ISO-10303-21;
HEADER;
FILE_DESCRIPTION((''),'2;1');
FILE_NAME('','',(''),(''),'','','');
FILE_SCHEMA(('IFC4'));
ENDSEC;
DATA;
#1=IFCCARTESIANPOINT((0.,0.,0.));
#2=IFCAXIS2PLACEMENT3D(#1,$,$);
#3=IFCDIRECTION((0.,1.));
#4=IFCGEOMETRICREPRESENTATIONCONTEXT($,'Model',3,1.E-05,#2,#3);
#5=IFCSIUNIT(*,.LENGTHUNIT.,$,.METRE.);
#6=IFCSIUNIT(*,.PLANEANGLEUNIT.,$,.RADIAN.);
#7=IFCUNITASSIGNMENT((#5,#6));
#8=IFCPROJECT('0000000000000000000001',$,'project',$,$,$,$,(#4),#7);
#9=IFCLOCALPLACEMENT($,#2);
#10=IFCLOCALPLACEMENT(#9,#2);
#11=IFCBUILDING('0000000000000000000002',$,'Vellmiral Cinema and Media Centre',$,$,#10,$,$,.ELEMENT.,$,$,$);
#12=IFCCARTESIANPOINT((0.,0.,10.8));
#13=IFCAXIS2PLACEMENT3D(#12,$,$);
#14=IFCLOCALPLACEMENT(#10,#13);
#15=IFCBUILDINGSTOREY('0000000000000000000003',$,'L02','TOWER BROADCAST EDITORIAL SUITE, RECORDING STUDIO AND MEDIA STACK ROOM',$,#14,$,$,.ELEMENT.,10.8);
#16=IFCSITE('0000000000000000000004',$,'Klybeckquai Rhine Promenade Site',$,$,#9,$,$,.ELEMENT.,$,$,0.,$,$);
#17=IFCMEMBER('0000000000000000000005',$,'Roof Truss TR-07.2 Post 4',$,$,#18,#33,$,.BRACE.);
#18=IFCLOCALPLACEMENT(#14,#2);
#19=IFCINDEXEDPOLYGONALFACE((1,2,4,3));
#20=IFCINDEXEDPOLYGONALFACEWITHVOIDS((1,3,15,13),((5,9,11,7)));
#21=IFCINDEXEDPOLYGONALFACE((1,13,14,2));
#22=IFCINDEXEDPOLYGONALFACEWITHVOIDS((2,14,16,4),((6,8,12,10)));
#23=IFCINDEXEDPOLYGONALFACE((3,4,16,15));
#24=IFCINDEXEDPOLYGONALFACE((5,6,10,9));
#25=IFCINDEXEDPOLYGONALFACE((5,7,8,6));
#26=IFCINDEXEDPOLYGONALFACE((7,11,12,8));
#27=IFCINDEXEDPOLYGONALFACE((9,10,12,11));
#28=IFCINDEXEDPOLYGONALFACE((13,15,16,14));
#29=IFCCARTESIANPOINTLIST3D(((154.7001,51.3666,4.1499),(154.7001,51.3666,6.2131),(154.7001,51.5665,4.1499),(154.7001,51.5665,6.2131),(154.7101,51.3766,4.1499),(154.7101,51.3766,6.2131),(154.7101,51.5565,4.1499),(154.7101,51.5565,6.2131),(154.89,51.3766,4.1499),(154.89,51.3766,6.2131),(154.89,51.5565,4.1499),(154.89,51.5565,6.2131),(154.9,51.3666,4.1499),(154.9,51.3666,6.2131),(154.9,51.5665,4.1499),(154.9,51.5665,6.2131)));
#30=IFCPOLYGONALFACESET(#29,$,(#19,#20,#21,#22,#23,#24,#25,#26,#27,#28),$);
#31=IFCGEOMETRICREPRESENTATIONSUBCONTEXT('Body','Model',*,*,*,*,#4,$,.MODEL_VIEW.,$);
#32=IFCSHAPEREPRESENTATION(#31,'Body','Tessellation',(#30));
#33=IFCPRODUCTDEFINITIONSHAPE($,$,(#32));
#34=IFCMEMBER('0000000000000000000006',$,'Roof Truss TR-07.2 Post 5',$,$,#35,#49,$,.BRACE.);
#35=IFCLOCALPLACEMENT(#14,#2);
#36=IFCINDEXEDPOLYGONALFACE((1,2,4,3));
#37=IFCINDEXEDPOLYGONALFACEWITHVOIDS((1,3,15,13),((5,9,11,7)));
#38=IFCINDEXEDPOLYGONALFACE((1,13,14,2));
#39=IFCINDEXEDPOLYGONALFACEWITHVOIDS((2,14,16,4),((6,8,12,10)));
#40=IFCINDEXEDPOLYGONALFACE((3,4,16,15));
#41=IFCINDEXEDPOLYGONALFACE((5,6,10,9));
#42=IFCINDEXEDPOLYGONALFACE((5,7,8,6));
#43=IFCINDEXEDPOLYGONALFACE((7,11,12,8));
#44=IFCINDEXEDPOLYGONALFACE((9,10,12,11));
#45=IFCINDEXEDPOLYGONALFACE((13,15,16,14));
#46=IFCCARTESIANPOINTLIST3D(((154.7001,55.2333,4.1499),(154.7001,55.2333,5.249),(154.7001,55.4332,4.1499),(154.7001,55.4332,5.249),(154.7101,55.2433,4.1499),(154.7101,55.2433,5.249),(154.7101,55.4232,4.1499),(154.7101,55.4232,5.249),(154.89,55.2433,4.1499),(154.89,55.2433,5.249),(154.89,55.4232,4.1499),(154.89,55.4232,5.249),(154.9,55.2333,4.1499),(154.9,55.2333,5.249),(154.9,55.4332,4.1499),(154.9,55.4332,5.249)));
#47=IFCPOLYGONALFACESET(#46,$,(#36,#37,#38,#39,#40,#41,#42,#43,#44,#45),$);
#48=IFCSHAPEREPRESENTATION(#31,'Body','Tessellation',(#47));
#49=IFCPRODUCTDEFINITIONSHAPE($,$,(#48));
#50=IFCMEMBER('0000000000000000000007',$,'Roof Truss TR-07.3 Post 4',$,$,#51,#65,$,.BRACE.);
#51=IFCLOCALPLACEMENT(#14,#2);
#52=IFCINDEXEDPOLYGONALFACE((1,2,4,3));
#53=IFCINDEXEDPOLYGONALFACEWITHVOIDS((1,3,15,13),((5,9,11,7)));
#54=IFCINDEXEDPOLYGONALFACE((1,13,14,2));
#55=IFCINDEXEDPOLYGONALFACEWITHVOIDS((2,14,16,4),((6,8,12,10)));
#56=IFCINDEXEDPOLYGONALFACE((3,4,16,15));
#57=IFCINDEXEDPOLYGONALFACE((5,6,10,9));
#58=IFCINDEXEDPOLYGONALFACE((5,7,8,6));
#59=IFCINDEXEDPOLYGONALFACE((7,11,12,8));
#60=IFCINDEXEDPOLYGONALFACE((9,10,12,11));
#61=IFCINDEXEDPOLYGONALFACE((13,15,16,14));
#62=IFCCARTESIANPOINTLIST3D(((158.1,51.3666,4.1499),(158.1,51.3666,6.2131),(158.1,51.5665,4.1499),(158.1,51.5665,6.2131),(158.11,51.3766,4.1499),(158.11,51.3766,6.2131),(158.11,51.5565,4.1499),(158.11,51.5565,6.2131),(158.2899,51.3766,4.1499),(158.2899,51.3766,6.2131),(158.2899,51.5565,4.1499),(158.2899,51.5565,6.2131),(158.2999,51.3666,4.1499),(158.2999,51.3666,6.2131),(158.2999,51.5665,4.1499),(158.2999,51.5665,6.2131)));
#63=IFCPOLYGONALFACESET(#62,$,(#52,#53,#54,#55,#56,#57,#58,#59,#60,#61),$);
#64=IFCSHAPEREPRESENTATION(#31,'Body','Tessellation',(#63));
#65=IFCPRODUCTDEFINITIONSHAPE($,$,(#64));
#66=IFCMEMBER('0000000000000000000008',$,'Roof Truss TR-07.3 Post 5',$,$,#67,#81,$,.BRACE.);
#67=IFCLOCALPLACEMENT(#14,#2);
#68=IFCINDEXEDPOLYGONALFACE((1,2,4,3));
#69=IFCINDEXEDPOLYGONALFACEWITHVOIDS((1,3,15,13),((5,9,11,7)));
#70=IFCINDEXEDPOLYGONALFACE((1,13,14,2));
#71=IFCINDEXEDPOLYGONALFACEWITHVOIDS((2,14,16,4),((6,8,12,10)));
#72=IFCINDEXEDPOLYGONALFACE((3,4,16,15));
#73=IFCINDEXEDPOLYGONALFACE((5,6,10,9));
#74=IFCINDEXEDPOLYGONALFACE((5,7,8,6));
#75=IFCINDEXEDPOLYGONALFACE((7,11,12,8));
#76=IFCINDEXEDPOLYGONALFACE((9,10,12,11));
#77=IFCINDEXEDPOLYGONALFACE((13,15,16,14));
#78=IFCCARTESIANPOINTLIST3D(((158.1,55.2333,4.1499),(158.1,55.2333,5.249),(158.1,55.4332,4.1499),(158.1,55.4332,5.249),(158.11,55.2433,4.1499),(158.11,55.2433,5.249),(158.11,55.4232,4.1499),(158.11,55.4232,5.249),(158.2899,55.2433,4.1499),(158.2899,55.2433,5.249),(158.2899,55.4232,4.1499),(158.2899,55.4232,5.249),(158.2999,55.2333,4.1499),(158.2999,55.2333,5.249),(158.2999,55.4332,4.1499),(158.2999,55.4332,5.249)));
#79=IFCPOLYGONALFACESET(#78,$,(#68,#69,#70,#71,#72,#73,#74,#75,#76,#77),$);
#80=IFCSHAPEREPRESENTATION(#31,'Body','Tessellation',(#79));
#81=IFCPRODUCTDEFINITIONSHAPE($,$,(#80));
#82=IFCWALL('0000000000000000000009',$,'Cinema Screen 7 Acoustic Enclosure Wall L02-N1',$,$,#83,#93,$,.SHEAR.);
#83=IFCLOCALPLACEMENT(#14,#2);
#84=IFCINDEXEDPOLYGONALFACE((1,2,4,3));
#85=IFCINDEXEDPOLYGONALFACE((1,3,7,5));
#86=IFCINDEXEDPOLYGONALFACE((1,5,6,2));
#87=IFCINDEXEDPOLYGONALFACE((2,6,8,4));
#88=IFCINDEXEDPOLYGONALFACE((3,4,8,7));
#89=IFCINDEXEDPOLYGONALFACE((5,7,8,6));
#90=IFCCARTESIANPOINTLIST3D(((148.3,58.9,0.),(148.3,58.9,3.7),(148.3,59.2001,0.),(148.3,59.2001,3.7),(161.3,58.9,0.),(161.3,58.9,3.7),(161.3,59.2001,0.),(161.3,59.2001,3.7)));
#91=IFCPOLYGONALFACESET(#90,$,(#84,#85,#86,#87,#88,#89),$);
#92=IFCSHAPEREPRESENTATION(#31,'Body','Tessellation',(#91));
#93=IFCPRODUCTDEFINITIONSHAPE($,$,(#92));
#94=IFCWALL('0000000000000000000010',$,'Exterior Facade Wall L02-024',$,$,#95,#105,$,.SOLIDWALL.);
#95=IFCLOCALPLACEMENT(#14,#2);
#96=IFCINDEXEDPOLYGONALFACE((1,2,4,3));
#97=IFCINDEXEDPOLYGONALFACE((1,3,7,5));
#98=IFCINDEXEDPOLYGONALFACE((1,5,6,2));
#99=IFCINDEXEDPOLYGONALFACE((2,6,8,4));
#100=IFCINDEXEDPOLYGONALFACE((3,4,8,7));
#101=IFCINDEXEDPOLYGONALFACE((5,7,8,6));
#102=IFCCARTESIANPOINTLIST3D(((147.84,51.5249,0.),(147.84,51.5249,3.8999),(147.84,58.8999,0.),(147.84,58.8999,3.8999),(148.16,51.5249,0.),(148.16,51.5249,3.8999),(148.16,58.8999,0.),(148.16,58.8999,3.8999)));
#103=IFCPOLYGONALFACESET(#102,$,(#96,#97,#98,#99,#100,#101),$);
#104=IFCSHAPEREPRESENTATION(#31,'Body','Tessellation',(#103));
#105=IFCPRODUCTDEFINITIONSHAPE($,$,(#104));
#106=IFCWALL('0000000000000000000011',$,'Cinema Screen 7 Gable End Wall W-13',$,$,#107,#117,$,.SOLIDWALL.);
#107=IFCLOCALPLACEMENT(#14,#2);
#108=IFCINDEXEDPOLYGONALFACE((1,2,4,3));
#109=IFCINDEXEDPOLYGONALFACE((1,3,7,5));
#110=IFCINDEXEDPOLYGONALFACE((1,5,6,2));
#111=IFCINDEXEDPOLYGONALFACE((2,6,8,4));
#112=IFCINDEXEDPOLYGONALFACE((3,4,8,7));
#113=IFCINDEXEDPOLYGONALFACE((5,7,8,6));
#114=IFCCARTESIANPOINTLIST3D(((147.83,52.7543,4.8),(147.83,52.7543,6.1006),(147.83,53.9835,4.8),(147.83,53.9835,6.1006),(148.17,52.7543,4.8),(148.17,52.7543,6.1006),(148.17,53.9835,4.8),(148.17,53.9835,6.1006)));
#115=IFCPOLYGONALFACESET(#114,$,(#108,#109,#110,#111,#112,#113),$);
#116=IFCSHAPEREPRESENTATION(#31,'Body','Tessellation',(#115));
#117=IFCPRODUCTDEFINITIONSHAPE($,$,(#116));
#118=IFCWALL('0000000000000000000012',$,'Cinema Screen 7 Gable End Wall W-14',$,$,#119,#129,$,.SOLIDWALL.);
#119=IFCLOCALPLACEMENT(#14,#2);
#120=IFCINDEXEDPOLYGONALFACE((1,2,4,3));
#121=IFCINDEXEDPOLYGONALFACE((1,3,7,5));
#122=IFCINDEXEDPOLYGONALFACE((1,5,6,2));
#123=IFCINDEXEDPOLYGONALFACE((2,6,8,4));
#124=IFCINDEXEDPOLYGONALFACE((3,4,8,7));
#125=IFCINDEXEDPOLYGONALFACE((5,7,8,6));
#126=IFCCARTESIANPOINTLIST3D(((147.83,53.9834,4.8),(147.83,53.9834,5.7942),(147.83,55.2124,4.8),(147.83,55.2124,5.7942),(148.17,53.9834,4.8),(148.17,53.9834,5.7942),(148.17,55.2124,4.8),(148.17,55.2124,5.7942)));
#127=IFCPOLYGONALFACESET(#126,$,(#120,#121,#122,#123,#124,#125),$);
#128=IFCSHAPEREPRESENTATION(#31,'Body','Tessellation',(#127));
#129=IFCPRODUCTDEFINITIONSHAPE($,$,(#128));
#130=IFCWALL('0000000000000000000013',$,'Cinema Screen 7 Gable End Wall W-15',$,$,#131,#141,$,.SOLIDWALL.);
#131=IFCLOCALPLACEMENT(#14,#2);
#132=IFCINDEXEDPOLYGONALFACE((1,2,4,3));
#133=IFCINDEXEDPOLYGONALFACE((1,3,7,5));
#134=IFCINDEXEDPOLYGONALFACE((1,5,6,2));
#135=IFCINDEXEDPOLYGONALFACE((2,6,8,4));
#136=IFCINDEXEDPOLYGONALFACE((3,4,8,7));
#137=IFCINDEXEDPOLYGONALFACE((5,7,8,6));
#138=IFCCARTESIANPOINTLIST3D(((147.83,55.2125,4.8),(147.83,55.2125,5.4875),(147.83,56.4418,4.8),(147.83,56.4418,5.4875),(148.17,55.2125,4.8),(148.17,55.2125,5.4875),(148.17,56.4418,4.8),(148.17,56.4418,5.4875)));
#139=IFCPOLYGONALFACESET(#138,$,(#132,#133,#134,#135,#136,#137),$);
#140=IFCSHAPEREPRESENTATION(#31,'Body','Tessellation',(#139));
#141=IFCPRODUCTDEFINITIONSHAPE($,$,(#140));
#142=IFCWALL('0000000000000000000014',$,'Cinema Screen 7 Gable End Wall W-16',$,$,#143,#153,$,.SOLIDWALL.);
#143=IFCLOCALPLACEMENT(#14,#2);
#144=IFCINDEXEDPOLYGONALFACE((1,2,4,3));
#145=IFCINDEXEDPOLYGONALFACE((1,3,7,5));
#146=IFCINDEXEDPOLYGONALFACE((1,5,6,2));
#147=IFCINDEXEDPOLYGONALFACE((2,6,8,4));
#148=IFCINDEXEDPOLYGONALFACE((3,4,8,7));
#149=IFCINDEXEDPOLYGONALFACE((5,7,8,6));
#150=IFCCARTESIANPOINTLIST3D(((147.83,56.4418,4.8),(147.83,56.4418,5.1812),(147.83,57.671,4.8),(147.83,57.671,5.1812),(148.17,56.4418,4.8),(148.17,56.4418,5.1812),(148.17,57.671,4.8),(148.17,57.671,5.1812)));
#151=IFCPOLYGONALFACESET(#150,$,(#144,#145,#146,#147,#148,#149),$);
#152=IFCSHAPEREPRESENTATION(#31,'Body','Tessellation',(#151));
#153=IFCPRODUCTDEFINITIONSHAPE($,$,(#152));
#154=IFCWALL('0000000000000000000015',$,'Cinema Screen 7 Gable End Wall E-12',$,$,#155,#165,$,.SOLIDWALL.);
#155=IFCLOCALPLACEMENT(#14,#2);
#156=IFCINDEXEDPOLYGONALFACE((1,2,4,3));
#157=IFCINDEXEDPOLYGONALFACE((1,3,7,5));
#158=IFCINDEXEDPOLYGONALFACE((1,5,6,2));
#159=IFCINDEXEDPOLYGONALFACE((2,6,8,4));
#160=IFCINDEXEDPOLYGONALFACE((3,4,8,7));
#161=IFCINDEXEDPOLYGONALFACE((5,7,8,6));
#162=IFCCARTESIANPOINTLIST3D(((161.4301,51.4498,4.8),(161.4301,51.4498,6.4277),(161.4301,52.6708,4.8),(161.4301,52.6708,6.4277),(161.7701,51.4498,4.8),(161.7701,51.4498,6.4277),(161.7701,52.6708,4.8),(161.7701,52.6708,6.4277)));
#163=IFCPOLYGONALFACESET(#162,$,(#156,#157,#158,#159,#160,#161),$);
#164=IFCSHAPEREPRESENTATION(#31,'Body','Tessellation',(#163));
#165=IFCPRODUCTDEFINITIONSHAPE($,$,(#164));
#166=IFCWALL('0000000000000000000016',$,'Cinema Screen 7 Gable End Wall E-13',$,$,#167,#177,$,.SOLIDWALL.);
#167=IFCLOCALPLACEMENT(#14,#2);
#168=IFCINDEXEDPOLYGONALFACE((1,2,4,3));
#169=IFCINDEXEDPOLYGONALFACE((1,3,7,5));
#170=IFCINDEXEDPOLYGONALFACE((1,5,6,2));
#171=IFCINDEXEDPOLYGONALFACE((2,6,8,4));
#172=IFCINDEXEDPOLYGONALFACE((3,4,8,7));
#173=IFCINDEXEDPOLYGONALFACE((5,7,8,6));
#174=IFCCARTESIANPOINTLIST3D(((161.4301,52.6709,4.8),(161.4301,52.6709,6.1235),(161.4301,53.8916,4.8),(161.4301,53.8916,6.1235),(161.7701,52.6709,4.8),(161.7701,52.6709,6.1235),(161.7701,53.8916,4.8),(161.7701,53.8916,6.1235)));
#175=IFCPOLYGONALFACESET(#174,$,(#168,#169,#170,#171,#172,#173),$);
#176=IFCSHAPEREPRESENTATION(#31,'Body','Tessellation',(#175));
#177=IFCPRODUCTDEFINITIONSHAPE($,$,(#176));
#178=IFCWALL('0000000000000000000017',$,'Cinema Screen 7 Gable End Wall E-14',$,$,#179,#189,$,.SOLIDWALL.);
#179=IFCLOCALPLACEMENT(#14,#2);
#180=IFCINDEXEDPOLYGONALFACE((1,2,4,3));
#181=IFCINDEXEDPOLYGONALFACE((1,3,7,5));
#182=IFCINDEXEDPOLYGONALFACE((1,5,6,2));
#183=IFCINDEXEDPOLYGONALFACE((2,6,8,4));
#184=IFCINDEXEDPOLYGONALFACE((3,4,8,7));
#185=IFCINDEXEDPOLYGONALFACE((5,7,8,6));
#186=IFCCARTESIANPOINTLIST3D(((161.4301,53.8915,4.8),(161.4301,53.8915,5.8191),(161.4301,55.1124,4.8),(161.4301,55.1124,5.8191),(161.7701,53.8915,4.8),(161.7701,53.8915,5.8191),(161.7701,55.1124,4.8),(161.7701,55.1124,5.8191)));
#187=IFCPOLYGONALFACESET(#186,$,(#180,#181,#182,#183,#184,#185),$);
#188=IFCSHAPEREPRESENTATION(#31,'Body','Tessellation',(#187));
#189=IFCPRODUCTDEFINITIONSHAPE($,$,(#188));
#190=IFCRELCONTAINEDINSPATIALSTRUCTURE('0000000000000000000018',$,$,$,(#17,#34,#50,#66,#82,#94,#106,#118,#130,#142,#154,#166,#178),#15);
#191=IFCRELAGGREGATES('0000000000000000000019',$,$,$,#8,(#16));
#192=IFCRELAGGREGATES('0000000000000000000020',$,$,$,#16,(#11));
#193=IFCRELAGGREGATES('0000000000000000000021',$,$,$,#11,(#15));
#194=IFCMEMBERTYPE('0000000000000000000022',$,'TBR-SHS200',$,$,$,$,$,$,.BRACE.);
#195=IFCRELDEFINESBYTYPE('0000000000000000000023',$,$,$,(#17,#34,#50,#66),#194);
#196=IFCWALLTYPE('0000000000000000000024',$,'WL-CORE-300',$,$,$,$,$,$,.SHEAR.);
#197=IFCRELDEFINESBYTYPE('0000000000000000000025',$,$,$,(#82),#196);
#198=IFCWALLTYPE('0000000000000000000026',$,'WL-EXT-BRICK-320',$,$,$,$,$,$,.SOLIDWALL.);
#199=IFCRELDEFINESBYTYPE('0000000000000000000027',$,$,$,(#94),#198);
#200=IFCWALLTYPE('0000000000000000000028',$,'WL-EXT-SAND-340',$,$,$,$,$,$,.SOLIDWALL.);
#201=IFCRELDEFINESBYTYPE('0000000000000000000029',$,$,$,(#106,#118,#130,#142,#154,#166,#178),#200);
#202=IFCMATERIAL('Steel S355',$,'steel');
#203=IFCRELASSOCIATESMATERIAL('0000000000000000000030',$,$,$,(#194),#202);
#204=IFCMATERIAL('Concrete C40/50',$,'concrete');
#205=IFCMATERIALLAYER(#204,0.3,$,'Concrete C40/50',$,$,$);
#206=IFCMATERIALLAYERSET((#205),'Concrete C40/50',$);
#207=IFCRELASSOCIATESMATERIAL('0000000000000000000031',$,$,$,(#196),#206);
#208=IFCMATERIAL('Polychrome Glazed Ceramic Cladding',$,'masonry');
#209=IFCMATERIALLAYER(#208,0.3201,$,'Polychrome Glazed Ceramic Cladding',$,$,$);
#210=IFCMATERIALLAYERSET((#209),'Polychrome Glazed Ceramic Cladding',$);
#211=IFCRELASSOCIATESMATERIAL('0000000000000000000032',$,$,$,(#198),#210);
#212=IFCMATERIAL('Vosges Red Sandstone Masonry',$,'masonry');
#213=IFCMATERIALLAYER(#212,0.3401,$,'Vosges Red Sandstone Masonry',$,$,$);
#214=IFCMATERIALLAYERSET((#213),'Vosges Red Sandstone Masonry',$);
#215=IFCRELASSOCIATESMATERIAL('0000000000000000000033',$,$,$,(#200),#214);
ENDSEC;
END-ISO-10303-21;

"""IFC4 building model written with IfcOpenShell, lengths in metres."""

from ifc_helpers import new_model, si_unit, direction, frame, frame_2d, origin, origin_2d, place, context, subcontext, project, spatial, rectangle, hollow_rectangle, extrude, material, layer, layer_set, material_profile, profile_set, type_object, element, save


model = new_model("IFC4")

# Units and contexts
model_context = context("Model", 3, precision=1e-05, world=origin(), true_north=direction((0.0, 1.0)))
body_context = subcontext(model_context, "Body", "Model", "MODEL_VIEW")
ifc_project = project(units=[si_unit("LENGTHUNIT", "METRE"), si_unit("PLANEANGLEUNIT", "RADIAN")], contexts=[model_context])

# Site, building, storey
site_placement = place(None, origin())
site = spatial("IfcSite", under=ifc_project, at=site_placement, Name="Klybeckquai Rhine Promenade Site", CompositionType="ELEMENT", RefElevation=0.0)
building_placement = place(site_placement, origin())
building = spatial("IfcBuilding", under=site, at=building_placement, Name="Vellmiral Cinema and Media Centre", CompositionType="ELEMENT")
storey_placement = place(building_placement, frame((0.0, 0.0, 10.8)))
storey = spatial("IfcBuildingStorey", under=building, at=storey_placement, Name="L02", Description="TOWER BROADCAST EDITORIAL SUITE, RECORDING STUDIO AND MEDIA STACK ROOM", CompositionType="ELEMENT", Elevation=10.8)

# Members
ifc_material_1 = material(Name="Steel S355", Category="steel")
ifc_material_profile_1 = material_profile(ifc_material_1, hollow_rectangle(XDim=0.2, YDim=0.2, WallThickness=0.01, at=origin_2d()), Name="SHS 200x200x10.0")
ifc_profile_set_1 = profile_set([ifc_material_profile_1], Name="Steel S355")
member_type_1 = type_object("IfcMemberType", Name="TBR-SHS200", PredefinedType="BRACE", material=ifc_profile_set_1)
member_1_placement = place(storey_placement, frame((154.8, 51.4666, 4.1499), z_axis=(0.0, 0.0, 1.0), x_axis=(1.0, 0.0, 0.0)))
element("IfcMember", 1, at=member_1_placement, inside=storey, type_object=member_type_1, Name="Roof Truss TR-07.2 Post 4", PredefinedType="BRACE", context=body_context, shape_type="SweptSolid", body=[
    extrude(hollow_rectangle(XDim=0.2, YDim=0.2, WallThickness=0.01, at=origin_2d()), origin(), (0.0, 0.0, 1.0), 2.0632),
])
member_2_placement = place(storey_placement, frame((154.8, 55.3333, 4.1499), z_axis=(0.0, 0.0, 1.0), x_axis=(1.0, 0.0, 0.0)))
element("IfcMember", 2, at=member_2_placement, inside=storey, type_object=member_type_1, Name="Roof Truss TR-07.2 Post 5", PredefinedType="BRACE", context=body_context, shape_type="SweptSolid", body=[
    extrude(hollow_rectangle(XDim=0.2, YDim=0.2, WallThickness=0.01, at=origin_2d()), origin(), (0.0, 0.0, 1.0), 1.0991),
])
member_3_placement = place(storey_placement, frame((158.2, 51.4666, 4.1499), z_axis=(0.0, 0.0, 1.0), x_axis=(1.0, 0.0, 0.0)))
element("IfcMember", 3, at=member_3_placement, inside=storey, type_object=member_type_1, Name="Roof Truss TR-07.3 Post 4", PredefinedType="BRACE", context=body_context, shape_type="SweptSolid", body=[
    extrude(hollow_rectangle(XDim=0.2, YDim=0.2, WallThickness=0.01, at=origin_2d()), origin(), (0.0, 0.0, 1.0), 2.0632),
])
member_4_placement = place(storey_placement, frame((158.2, 55.3333, 4.1499), z_axis=(0.0, 0.0, 1.0), x_axis=(1.0, 0.0, 0.0)))
element("IfcMember", 4, at=member_4_placement, inside=storey, type_object=member_type_1, Name="Roof Truss TR-07.3 Post 5", PredefinedType="BRACE", context=body_context, shape_type="SweptSolid", body=[
    extrude(hollow_rectangle(XDim=0.2, YDim=0.2, WallThickness=0.01, at=origin_2d()), origin(), (0.0, 0.0, 1.0), 1.0991),
])

# Walls
ifc_material_2 = material(Name="Concrete C40/50", Category="concrete")
ifc_layer_1 = layer(ifc_material_2, 0.3, Name="Concrete C40/50")
ifc_layer_set_1 = layer_set([ifc_layer_1], Name="Concrete C40/50")
wall_type_1 = type_object("IfcWallType", Name="WL-CORE-300", PredefinedType="SHEAR", material=ifc_layer_set_1)
wall_1_placement = place(storey_placement, frame((148.3, 59.05, 0.0), z_axis=(0.0, 0.0, 1.0), x_axis=(1.0, 0.0, 0.0)))
element("IfcWall", 5, at=wall_1_placement, inside=storey, type_object=wall_type_1, Name="Cinema Screen 7 Acoustic Enclosure Wall L02-N1", PredefinedType="SHEAR", context=body_context, shape_type="SweptSolid", body=[
    extrude(rectangle(XDim=13.0, YDim=0.3, at=frame_2d((6.5, 0.0))), origin(), (0.0, 0.0, 1.0), 3.7),
])
ifc_material_3 = material(Name="Polychrome Glazed Ceramic Cladding", Category="masonry")
ifc_layer_2 = layer(ifc_material_3, 0.3201, Name="Polychrome Glazed Ceramic Cladding")
ifc_layer_set_2 = layer_set([ifc_layer_2], Name="Polychrome Glazed Ceramic Cladding")
wall_type_2 = type_object("IfcWallType", Name="WL-EXT-BRICK-320", PredefinedType="SOLIDWALL", material=ifc_layer_set_2)
wall_2_placement = place(storey_placement, frame((148.0, 58.8999, 0.0), z_axis=(0.0, 0.0, 1.0), x_axis=(0.0, -1.0, 0.0)))
element("IfcWall", 6, at=wall_2_placement, inside=storey, type_object=wall_type_2, Name="Exterior Facade Wall L02-024", PredefinedType="SOLIDWALL", context=body_context, shape_type="SweptSolid", body=[
    extrude(rectangle(XDim=7.375, YDim=0.3201, at=frame_2d((3.6875, 0.0))), origin(), (0.0, 0.0, 1.0), 3.8999),
])
ifc_material_4 = material(Name="Vosges Red Sandstone Masonry", Category="masonry")
ifc_layer_3 = layer(ifc_material_4, 0.3401, Name="Vosges Red Sandstone Masonry")
ifc_layer_set_3 = layer_set([ifc_layer_3], Name="Vosges Red Sandstone Masonry")
wall_type_3 = type_object("IfcWallType", Name="WL-EXT-SAND-340", PredefinedType="SOLIDWALL", material=ifc_layer_set_3)
wall_3_placement = place(storey_placement, frame((148.0, 52.7542, 4.8), z_axis=(0.0, 0.0, 1.0), x_axis=(0.0, 1.0, 0.0)))
element("IfcWall", 7, at=wall_3_placement, inside=storey, type_object=wall_type_3, Name="Cinema Screen 7 Gable End Wall W-13", PredefinedType="SOLIDWALL", context=body_context, shape_type="SweptSolid", body=[
    extrude(rectangle(XDim=1.2292, YDim=0.3401, at=frame_2d((0.6147, 0.0))), origin(), (0.0, 0.0, 1.0), 1.3005),
])
wall_4_placement = place(storey_placement, frame((148.0, 53.9834, 4.8), z_axis=(0.0, 0.0, 1.0), x_axis=(0.0, 1.0, 0.0)))
element("IfcWall", 8, at=wall_4_placement, inside=storey, type_object=wall_type_3, Name="Cinema Screen 7 Gable End Wall W-14", PredefinedType="SOLIDWALL", context=body_context, shape_type="SweptSolid", body=[
    extrude(rectangle(XDim=1.229, YDim=0.3401, at=frame_2d((0.6145, 0.0))), origin(), (0.0, 0.0, 1.0), 0.9941),
])
wall_5_placement = place(storey_placement, frame((148.0, 55.2124, 4.8), z_axis=(0.0, 0.0, 1.0), x_axis=(0.0, 1.0, 0.0)))
element("IfcWall", 9, at=wall_5_placement, inside=storey, type_object=wall_type_3, Name="Cinema Screen 7 Gable End Wall W-15", PredefinedType="SOLIDWALL", context=body_context, shape_type="SweptSolid", body=[
    extrude(rectangle(XDim=1.2292, YDim=0.3401, at=frame_2d((0.6147, 0.0))), origin(), (0.0, 0.0, 1.0), 0.6875),
])
wall_6_placement = place(storey_placement, frame((148.0, 56.4417, 4.8), z_axis=(0.0, 0.0, 1.0), x_axis=(0.0, 1.0, 0.0)))
element("IfcWall", 10, at=wall_6_placement, inside=storey, type_object=wall_type_3, Name="Cinema Screen 7 Gable End Wall W-16", PredefinedType="SOLIDWALL", context=body_context, shape_type="SweptSolid", body=[
    extrude(rectangle(XDim=1.2292, YDim=0.3401, at=frame_2d((0.6147, 0.0))), origin(), (0.0, 0.0, 1.0), 0.3811),
])
wall_7_placement = place(storey_placement, frame((161.6001, 51.45, 4.8), z_axis=(0.0, 0.0, 1.0), x_axis=(0.0, 1.0, 0.0)))
element("IfcWall", 11, at=wall_7_placement, inside=storey, type_object=wall_type_3, Name="Cinema Screen 7 Gable End Wall E-12", PredefinedType="SOLIDWALL", context=body_context, shape_type="SweptSolid", body=[
    extrude(rectangle(XDim=1.2209, YDim=0.3401, at=frame_2d((0.6104, 0.0))), origin(), (0.0, 0.0, 1.0), 1.6277),
])
wall_8_placement = place(storey_placement, frame((161.6001, 52.6709, 4.8), z_axis=(0.0, 0.0, 1.0), x_axis=(0.0, 1.0, 0.0)))
element("IfcWall", 12, at=wall_8_placement, inside=storey, type_object=wall_type_3, Name="Cinema Screen 7 Gable End Wall E-13", PredefinedType="SOLIDWALL", context=body_context, shape_type="SweptSolid", body=[
    extrude(rectangle(XDim=1.2207, YDim=0.3401, at=frame_2d((0.6104, 0.0))), origin(), (0.0, 0.0, 1.0), 1.3235),
])
wall_9_placement = place(storey_placement, frame((161.6001, 53.8916, 4.8), z_axis=(0.0, 0.0, 1.0), x_axis=(0.0, 1.0, 0.0)))
element("IfcWall", 13, at=wall_9_placement, inside=storey, type_object=wall_type_3, Name="Cinema Screen 7 Gable End Wall E-14", PredefinedType="SOLIDWALL", context=body_context, shape_type="SweptSolid", body=[
    extrude(rectangle(XDim=1.2209, YDim=0.3401, at=frame_2d((0.6104, 0.0))), origin(), (0.0, 0.0, 1.0), 1.019),
])

save(model, "model.ifc")
